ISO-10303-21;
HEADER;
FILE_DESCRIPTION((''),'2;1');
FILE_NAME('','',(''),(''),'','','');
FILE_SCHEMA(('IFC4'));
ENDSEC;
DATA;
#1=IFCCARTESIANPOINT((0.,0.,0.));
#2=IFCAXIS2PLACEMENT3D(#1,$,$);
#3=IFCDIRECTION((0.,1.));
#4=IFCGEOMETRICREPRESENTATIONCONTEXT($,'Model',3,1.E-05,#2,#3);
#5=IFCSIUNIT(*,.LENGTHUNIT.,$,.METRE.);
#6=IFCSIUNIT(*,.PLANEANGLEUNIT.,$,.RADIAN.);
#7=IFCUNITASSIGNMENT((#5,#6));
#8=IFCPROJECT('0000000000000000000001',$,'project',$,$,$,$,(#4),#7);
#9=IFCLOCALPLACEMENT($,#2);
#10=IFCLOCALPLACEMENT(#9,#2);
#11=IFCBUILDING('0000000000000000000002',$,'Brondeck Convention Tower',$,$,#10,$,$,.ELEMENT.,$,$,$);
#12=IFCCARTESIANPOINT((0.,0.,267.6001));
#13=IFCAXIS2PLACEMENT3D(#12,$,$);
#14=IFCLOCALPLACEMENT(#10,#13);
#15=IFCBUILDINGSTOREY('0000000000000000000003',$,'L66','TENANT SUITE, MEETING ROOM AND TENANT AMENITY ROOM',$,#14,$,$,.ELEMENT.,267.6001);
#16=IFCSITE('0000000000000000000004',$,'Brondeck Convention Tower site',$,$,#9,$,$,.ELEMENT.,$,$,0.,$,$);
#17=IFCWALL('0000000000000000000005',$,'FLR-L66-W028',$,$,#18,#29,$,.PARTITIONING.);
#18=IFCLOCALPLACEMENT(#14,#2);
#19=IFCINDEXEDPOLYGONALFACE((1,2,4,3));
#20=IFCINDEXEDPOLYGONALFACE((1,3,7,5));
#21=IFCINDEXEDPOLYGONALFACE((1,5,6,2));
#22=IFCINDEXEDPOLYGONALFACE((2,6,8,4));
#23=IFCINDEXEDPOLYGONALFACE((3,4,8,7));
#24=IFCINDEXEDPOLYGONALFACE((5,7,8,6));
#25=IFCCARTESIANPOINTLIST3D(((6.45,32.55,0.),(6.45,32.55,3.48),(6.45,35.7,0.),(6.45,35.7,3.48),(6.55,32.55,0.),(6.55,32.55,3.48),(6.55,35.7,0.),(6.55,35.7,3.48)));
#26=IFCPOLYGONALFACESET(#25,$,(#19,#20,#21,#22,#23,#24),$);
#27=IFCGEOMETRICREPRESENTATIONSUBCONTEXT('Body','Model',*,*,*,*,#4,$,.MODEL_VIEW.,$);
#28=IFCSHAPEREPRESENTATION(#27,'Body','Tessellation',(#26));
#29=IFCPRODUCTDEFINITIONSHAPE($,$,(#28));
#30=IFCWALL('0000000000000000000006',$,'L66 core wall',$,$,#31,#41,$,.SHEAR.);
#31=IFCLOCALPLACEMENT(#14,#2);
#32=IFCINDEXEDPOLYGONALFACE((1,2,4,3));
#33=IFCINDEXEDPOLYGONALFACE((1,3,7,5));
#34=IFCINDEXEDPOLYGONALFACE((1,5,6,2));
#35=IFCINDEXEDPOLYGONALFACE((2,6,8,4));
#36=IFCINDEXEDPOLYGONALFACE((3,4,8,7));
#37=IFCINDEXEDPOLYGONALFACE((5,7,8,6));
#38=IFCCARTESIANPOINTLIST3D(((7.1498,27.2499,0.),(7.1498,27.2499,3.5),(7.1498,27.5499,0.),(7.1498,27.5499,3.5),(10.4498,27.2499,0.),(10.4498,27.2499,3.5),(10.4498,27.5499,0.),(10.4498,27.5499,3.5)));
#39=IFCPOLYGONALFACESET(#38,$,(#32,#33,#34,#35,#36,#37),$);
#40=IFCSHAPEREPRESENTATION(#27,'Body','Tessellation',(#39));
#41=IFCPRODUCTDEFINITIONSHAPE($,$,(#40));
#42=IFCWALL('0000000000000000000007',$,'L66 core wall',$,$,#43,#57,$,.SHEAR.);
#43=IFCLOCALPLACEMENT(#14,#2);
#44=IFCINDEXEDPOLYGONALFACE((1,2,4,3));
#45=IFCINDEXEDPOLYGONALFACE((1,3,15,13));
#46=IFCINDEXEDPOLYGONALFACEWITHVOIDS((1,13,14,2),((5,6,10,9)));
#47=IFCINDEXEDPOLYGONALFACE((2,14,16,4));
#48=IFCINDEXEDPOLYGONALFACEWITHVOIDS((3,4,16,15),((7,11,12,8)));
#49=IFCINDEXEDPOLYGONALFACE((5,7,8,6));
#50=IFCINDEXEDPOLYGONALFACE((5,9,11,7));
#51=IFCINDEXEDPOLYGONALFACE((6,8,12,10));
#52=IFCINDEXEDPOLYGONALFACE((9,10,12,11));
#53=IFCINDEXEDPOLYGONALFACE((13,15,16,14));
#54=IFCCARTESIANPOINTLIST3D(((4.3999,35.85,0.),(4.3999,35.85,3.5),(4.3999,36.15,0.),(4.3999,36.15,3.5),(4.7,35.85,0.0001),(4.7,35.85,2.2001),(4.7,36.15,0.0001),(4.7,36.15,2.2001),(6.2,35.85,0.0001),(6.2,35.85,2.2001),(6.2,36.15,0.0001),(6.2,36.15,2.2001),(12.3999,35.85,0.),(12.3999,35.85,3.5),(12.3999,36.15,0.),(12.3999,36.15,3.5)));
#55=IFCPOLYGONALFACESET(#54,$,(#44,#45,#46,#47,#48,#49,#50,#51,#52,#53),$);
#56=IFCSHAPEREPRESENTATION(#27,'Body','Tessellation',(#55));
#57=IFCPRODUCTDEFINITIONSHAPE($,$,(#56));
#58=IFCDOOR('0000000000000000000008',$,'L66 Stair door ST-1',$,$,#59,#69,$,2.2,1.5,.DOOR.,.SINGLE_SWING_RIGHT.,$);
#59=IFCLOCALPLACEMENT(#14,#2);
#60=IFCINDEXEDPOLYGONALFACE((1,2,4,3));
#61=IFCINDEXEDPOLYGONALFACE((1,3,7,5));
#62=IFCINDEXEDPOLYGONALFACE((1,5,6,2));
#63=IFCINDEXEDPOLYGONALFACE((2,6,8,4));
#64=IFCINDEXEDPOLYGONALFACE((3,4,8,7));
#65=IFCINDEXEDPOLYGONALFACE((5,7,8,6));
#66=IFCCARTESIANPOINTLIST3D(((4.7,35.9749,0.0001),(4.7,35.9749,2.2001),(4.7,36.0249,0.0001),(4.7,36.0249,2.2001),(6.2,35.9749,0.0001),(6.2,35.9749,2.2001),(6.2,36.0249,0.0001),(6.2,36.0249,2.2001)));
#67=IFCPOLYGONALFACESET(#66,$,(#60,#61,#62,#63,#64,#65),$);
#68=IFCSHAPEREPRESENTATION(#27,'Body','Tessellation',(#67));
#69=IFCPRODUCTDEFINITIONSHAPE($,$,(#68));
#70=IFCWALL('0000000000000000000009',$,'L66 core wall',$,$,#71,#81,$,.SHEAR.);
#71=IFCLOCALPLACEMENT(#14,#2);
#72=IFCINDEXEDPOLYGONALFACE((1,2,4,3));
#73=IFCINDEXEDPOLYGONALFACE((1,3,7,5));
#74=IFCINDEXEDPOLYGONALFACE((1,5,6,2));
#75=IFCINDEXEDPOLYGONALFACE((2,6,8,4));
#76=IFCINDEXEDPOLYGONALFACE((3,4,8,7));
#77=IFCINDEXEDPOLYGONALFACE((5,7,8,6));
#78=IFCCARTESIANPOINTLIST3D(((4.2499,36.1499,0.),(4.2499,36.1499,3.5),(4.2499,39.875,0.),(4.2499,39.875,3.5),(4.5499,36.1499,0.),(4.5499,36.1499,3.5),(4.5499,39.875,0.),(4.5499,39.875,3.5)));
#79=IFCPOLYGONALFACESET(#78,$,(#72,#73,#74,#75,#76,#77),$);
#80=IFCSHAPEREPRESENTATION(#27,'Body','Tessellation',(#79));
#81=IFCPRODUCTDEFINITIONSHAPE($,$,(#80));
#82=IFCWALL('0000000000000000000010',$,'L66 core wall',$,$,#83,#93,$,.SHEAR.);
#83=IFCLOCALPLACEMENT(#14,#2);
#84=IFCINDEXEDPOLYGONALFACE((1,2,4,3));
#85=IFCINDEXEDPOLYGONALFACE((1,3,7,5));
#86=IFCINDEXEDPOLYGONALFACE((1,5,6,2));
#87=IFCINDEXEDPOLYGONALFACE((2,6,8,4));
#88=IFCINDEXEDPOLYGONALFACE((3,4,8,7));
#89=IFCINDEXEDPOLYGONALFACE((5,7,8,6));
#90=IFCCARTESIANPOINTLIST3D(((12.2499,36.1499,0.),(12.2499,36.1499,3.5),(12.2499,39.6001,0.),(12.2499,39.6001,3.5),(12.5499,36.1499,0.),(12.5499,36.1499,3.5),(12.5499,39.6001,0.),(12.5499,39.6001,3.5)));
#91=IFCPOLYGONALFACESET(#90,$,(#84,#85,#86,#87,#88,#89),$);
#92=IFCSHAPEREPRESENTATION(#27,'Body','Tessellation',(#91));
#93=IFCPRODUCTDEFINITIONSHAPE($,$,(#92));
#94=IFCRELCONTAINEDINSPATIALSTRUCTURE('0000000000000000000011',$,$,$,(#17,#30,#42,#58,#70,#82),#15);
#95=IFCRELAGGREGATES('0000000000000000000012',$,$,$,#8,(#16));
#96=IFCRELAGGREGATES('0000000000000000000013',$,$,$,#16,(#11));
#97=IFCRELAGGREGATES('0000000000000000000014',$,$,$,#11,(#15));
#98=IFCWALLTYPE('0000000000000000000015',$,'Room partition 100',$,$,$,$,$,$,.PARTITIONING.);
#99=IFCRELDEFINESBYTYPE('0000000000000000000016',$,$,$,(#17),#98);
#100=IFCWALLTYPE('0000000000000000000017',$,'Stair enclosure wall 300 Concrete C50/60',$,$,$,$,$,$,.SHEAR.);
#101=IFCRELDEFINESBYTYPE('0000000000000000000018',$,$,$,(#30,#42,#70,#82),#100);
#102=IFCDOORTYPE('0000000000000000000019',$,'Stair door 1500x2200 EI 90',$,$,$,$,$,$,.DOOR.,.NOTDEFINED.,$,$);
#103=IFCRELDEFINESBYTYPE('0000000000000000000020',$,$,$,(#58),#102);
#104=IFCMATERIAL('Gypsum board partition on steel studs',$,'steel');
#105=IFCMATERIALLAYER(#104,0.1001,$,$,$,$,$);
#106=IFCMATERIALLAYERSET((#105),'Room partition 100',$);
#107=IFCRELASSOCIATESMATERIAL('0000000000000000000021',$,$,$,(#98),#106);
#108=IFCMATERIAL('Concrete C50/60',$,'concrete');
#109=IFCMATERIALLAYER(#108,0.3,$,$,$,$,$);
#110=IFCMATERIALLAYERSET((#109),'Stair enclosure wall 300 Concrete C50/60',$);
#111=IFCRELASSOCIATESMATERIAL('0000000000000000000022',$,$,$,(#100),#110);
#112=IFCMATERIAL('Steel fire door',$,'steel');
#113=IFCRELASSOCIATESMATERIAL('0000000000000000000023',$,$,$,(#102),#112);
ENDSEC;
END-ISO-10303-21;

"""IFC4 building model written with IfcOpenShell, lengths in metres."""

from ifc_helpers import new_model, si_unit, direction, frame, frame_2d, origin, place, context, subcontext, project, spatial, rectangle, extrude, material, layer, layer_set, type_object, element, fill, save


model = new_model("IFC4")

# Units and contexts
model_context = context("Model", 3, precision=1e-05, world=origin(), true_north=direction((0.0, 1.0)))
body_context = subcontext(model_context, "Body", "Model", "MODEL_VIEW")
ifc_project = project(units=[si_unit("LENGTHUNIT", "METRE"), si_unit("PLANEANGLEUNIT", "RADIAN")], contexts=[model_context])

# Site, building, storey
site_placement = place(None, origin())
site = spatial("IfcSite", under=ifc_project, at=site_placement, Name="Brondeck Convention Tower site", CompositionType="ELEMENT", RefElevation=0.0)
building_placement = place(site_placement, origin())
building = spatial("IfcBuilding", under=site, at=building_placement, Name="Brondeck Convention Tower", CompositionType="ELEMENT")
storey_placement = place(building_placement, frame((0.0, 0.0, 267.6001)))
storey = spatial("IfcBuildingStorey", under=building, at=storey_placement, Name="L66", Description="TENANT SUITE, MEETING ROOM AND TENANT AMENITY ROOM", CompositionType="ELEMENT", Elevation=267.6001)

# Shared definitions
ifc_material_1 = material(Name="Concrete C50/60", Category="concrete")

# Shared definitions
ifc_material_2 = material(Name="Steel fire door", Category="steel")

# Shared definitions
ifc_material_3 = material(Name="Gypsum board partition on steel studs", Category="steel")
ifc_layer_1 = layer(ifc_material_3, 0.1001)
ifc_layer_set_1 = layer_set([ifc_layer_1], Name="Room partition 100")
wall_type_1 = type_object("IfcWallType", Name="Room partition 100", PredefinedType="PARTITIONING", material=ifc_layer_set_1)

# Walls
wall_1_placement = place(storey_placement, frame((6.5, 32.55, 0.0), z_axis=(0.0, 0.0, 1.0), x_axis=(0.0, 1.0, 0.0)))
element("IfcWall", 1, at=wall_1_placement, inside=storey, type_object=wall_type_1, Name="FLR-L66-W028", PredefinedType="PARTITIONING", context=body_context, shape_type="SweptSolid", body=[
    extrude(rectangle(XDim=3.1499, YDim=0.1001, at=frame_2d((1.575, 0.0))), origin(), (0.0, 0.0, 1.0), 3.48),
])
ifc_layer_2 = layer(ifc_material_1, 0.3)
ifc_layer_set_2 = layer_set([ifc_layer_2], Name="Stair enclosure wall 300 Concrete C50/60")
wall_type_2 = type_object("IfcWallType", Name="Stair enclosure wall 300 Concrete C50/60", PredefinedType="SHEAR", material=ifc_layer_set_2)
wall_2_placement = place(storey_placement, frame((7.1499, 27.3999, 0.0), z_axis=(0.0, 0.0, 1.0), x_axis=(1.0, 0.0, 0.0)))
element("IfcWall", 2, at=wall_2_placement, inside=storey, type_object=wall_type_2, Name="L66 core wall", PredefinedType="SHEAR", context=body_context, shape_type="SweptSolid", body=[
    extrude(rectangle(XDim=3.3, YDim=0.3, at=frame_2d((1.6499, 0.0))), origin(), (0.0, 0.0, 1.0), 3.5),
])

# Wall, opening, door
wall_3_placement = place(storey_placement, frame((4.3999, 36.0, 0.0), z_axis=(0.0, 0.0, 1.0), x_axis=(1.0, 0.0, 0.0)))
wall_3 = element("IfcWall", 3, at=wall_3_placement, inside=storey, type_object=wall_type_2, Name="L66 core wall", PredefinedType="SHEAR", context=body_context, shape_type="SweptSolid", body=[
    extrude(rectangle(XDim=8.0, YDim=0.3, at=frame_2d((4.0, 0.0))), origin(), (0.0, 0.0, 1.0), 3.5),
])
opening_1_placement = place(wall_3_placement, frame((0.3, 0.0, 0.0)))
opening_1 = element("IfcOpeningElement", 4, at=opening_1_placement, cuts=wall_3, PredefinedType="OPENING", context=body_context, shape_type="SweptSolid", body=[
    extrude(rectangle(XDim=1.5, YDim=2.2, at=frame_2d((0.75, 1.1001))), frame((0.0, 0.1599, 0.0), z_axis=(0.0, -1.0, 0.0), x_axis=(1.0, 0.0, 0.0)), (0.0, 0.0, 1.0), 0.3201),
])
door_type_1 = type_object("IfcDoorType", Name="Stair door 1500x2200 EI 90", OperationType="NOTDEFINED", PredefinedType="DOOR", material=ifc_material_2)
door_1_placement = place(opening_1_placement, origin())
door_1 = element("IfcDoor", 5, at=door_1_placement, inside=storey, type_object=door_type_1, Name="L66 Stair door ST-1", OperationType="SINGLE_SWING_RIGHT", OverallHeight=2.2, OverallWidth=1.5, PredefinedType="DOOR", context=body_context, shape_type="SweptSolid", body=[
    extrude(rectangle(XDim=1.5, YDim=2.2, at=frame_2d((0.75, 1.1001))), frame((0.0, 0.0249, 0.0), z_axis=(0.0, -1.0, 0.0), x_axis=(1.0, 0.0, 0.0)), (0.0, 0.0, 1.0), 0.05),
])
fill(opening_1, door_1)

# Walls
wall_4_placement = place(storey_placement, frame((4.3999, 36.1499, 0.0), z_axis=(0.0, 0.0, 1.0), x_axis=(0.0, 1.0, 0.0)))
element("IfcWall", 6, at=wall_4_placement, inside=storey, type_object=wall_type_2, Name="L66 core wall", PredefinedType="SHEAR", context=body_context, shape_type="SweptSolid", body=[
    extrude(rectangle(XDim=3.7251, YDim=0.3, at=frame_2d((1.8625, 0.0))), origin(), (0.0, 0.0, 1.0), 3.5),
])
wall_5_placement = place(storey_placement, frame((12.3999, 36.1499, 0.0), z_axis=(0.0, 0.0, 1.0), x_axis=(0.0, 1.0, 0.0)))
element("IfcWall", 7, at=wall_5_placement, inside=storey, type_object=wall_type_2, Name="L66 core wall", PredefinedType="SHEAR", context=body_context, shape_type="SweptSolid", body=[
    extrude(rectangle(XDim=3.4502, YDim=0.3, at=frame_2d((1.7251, 0.0))), origin(), (0.0, 0.0, 1.0), 3.5),
])

save(model, "model.ifc")
